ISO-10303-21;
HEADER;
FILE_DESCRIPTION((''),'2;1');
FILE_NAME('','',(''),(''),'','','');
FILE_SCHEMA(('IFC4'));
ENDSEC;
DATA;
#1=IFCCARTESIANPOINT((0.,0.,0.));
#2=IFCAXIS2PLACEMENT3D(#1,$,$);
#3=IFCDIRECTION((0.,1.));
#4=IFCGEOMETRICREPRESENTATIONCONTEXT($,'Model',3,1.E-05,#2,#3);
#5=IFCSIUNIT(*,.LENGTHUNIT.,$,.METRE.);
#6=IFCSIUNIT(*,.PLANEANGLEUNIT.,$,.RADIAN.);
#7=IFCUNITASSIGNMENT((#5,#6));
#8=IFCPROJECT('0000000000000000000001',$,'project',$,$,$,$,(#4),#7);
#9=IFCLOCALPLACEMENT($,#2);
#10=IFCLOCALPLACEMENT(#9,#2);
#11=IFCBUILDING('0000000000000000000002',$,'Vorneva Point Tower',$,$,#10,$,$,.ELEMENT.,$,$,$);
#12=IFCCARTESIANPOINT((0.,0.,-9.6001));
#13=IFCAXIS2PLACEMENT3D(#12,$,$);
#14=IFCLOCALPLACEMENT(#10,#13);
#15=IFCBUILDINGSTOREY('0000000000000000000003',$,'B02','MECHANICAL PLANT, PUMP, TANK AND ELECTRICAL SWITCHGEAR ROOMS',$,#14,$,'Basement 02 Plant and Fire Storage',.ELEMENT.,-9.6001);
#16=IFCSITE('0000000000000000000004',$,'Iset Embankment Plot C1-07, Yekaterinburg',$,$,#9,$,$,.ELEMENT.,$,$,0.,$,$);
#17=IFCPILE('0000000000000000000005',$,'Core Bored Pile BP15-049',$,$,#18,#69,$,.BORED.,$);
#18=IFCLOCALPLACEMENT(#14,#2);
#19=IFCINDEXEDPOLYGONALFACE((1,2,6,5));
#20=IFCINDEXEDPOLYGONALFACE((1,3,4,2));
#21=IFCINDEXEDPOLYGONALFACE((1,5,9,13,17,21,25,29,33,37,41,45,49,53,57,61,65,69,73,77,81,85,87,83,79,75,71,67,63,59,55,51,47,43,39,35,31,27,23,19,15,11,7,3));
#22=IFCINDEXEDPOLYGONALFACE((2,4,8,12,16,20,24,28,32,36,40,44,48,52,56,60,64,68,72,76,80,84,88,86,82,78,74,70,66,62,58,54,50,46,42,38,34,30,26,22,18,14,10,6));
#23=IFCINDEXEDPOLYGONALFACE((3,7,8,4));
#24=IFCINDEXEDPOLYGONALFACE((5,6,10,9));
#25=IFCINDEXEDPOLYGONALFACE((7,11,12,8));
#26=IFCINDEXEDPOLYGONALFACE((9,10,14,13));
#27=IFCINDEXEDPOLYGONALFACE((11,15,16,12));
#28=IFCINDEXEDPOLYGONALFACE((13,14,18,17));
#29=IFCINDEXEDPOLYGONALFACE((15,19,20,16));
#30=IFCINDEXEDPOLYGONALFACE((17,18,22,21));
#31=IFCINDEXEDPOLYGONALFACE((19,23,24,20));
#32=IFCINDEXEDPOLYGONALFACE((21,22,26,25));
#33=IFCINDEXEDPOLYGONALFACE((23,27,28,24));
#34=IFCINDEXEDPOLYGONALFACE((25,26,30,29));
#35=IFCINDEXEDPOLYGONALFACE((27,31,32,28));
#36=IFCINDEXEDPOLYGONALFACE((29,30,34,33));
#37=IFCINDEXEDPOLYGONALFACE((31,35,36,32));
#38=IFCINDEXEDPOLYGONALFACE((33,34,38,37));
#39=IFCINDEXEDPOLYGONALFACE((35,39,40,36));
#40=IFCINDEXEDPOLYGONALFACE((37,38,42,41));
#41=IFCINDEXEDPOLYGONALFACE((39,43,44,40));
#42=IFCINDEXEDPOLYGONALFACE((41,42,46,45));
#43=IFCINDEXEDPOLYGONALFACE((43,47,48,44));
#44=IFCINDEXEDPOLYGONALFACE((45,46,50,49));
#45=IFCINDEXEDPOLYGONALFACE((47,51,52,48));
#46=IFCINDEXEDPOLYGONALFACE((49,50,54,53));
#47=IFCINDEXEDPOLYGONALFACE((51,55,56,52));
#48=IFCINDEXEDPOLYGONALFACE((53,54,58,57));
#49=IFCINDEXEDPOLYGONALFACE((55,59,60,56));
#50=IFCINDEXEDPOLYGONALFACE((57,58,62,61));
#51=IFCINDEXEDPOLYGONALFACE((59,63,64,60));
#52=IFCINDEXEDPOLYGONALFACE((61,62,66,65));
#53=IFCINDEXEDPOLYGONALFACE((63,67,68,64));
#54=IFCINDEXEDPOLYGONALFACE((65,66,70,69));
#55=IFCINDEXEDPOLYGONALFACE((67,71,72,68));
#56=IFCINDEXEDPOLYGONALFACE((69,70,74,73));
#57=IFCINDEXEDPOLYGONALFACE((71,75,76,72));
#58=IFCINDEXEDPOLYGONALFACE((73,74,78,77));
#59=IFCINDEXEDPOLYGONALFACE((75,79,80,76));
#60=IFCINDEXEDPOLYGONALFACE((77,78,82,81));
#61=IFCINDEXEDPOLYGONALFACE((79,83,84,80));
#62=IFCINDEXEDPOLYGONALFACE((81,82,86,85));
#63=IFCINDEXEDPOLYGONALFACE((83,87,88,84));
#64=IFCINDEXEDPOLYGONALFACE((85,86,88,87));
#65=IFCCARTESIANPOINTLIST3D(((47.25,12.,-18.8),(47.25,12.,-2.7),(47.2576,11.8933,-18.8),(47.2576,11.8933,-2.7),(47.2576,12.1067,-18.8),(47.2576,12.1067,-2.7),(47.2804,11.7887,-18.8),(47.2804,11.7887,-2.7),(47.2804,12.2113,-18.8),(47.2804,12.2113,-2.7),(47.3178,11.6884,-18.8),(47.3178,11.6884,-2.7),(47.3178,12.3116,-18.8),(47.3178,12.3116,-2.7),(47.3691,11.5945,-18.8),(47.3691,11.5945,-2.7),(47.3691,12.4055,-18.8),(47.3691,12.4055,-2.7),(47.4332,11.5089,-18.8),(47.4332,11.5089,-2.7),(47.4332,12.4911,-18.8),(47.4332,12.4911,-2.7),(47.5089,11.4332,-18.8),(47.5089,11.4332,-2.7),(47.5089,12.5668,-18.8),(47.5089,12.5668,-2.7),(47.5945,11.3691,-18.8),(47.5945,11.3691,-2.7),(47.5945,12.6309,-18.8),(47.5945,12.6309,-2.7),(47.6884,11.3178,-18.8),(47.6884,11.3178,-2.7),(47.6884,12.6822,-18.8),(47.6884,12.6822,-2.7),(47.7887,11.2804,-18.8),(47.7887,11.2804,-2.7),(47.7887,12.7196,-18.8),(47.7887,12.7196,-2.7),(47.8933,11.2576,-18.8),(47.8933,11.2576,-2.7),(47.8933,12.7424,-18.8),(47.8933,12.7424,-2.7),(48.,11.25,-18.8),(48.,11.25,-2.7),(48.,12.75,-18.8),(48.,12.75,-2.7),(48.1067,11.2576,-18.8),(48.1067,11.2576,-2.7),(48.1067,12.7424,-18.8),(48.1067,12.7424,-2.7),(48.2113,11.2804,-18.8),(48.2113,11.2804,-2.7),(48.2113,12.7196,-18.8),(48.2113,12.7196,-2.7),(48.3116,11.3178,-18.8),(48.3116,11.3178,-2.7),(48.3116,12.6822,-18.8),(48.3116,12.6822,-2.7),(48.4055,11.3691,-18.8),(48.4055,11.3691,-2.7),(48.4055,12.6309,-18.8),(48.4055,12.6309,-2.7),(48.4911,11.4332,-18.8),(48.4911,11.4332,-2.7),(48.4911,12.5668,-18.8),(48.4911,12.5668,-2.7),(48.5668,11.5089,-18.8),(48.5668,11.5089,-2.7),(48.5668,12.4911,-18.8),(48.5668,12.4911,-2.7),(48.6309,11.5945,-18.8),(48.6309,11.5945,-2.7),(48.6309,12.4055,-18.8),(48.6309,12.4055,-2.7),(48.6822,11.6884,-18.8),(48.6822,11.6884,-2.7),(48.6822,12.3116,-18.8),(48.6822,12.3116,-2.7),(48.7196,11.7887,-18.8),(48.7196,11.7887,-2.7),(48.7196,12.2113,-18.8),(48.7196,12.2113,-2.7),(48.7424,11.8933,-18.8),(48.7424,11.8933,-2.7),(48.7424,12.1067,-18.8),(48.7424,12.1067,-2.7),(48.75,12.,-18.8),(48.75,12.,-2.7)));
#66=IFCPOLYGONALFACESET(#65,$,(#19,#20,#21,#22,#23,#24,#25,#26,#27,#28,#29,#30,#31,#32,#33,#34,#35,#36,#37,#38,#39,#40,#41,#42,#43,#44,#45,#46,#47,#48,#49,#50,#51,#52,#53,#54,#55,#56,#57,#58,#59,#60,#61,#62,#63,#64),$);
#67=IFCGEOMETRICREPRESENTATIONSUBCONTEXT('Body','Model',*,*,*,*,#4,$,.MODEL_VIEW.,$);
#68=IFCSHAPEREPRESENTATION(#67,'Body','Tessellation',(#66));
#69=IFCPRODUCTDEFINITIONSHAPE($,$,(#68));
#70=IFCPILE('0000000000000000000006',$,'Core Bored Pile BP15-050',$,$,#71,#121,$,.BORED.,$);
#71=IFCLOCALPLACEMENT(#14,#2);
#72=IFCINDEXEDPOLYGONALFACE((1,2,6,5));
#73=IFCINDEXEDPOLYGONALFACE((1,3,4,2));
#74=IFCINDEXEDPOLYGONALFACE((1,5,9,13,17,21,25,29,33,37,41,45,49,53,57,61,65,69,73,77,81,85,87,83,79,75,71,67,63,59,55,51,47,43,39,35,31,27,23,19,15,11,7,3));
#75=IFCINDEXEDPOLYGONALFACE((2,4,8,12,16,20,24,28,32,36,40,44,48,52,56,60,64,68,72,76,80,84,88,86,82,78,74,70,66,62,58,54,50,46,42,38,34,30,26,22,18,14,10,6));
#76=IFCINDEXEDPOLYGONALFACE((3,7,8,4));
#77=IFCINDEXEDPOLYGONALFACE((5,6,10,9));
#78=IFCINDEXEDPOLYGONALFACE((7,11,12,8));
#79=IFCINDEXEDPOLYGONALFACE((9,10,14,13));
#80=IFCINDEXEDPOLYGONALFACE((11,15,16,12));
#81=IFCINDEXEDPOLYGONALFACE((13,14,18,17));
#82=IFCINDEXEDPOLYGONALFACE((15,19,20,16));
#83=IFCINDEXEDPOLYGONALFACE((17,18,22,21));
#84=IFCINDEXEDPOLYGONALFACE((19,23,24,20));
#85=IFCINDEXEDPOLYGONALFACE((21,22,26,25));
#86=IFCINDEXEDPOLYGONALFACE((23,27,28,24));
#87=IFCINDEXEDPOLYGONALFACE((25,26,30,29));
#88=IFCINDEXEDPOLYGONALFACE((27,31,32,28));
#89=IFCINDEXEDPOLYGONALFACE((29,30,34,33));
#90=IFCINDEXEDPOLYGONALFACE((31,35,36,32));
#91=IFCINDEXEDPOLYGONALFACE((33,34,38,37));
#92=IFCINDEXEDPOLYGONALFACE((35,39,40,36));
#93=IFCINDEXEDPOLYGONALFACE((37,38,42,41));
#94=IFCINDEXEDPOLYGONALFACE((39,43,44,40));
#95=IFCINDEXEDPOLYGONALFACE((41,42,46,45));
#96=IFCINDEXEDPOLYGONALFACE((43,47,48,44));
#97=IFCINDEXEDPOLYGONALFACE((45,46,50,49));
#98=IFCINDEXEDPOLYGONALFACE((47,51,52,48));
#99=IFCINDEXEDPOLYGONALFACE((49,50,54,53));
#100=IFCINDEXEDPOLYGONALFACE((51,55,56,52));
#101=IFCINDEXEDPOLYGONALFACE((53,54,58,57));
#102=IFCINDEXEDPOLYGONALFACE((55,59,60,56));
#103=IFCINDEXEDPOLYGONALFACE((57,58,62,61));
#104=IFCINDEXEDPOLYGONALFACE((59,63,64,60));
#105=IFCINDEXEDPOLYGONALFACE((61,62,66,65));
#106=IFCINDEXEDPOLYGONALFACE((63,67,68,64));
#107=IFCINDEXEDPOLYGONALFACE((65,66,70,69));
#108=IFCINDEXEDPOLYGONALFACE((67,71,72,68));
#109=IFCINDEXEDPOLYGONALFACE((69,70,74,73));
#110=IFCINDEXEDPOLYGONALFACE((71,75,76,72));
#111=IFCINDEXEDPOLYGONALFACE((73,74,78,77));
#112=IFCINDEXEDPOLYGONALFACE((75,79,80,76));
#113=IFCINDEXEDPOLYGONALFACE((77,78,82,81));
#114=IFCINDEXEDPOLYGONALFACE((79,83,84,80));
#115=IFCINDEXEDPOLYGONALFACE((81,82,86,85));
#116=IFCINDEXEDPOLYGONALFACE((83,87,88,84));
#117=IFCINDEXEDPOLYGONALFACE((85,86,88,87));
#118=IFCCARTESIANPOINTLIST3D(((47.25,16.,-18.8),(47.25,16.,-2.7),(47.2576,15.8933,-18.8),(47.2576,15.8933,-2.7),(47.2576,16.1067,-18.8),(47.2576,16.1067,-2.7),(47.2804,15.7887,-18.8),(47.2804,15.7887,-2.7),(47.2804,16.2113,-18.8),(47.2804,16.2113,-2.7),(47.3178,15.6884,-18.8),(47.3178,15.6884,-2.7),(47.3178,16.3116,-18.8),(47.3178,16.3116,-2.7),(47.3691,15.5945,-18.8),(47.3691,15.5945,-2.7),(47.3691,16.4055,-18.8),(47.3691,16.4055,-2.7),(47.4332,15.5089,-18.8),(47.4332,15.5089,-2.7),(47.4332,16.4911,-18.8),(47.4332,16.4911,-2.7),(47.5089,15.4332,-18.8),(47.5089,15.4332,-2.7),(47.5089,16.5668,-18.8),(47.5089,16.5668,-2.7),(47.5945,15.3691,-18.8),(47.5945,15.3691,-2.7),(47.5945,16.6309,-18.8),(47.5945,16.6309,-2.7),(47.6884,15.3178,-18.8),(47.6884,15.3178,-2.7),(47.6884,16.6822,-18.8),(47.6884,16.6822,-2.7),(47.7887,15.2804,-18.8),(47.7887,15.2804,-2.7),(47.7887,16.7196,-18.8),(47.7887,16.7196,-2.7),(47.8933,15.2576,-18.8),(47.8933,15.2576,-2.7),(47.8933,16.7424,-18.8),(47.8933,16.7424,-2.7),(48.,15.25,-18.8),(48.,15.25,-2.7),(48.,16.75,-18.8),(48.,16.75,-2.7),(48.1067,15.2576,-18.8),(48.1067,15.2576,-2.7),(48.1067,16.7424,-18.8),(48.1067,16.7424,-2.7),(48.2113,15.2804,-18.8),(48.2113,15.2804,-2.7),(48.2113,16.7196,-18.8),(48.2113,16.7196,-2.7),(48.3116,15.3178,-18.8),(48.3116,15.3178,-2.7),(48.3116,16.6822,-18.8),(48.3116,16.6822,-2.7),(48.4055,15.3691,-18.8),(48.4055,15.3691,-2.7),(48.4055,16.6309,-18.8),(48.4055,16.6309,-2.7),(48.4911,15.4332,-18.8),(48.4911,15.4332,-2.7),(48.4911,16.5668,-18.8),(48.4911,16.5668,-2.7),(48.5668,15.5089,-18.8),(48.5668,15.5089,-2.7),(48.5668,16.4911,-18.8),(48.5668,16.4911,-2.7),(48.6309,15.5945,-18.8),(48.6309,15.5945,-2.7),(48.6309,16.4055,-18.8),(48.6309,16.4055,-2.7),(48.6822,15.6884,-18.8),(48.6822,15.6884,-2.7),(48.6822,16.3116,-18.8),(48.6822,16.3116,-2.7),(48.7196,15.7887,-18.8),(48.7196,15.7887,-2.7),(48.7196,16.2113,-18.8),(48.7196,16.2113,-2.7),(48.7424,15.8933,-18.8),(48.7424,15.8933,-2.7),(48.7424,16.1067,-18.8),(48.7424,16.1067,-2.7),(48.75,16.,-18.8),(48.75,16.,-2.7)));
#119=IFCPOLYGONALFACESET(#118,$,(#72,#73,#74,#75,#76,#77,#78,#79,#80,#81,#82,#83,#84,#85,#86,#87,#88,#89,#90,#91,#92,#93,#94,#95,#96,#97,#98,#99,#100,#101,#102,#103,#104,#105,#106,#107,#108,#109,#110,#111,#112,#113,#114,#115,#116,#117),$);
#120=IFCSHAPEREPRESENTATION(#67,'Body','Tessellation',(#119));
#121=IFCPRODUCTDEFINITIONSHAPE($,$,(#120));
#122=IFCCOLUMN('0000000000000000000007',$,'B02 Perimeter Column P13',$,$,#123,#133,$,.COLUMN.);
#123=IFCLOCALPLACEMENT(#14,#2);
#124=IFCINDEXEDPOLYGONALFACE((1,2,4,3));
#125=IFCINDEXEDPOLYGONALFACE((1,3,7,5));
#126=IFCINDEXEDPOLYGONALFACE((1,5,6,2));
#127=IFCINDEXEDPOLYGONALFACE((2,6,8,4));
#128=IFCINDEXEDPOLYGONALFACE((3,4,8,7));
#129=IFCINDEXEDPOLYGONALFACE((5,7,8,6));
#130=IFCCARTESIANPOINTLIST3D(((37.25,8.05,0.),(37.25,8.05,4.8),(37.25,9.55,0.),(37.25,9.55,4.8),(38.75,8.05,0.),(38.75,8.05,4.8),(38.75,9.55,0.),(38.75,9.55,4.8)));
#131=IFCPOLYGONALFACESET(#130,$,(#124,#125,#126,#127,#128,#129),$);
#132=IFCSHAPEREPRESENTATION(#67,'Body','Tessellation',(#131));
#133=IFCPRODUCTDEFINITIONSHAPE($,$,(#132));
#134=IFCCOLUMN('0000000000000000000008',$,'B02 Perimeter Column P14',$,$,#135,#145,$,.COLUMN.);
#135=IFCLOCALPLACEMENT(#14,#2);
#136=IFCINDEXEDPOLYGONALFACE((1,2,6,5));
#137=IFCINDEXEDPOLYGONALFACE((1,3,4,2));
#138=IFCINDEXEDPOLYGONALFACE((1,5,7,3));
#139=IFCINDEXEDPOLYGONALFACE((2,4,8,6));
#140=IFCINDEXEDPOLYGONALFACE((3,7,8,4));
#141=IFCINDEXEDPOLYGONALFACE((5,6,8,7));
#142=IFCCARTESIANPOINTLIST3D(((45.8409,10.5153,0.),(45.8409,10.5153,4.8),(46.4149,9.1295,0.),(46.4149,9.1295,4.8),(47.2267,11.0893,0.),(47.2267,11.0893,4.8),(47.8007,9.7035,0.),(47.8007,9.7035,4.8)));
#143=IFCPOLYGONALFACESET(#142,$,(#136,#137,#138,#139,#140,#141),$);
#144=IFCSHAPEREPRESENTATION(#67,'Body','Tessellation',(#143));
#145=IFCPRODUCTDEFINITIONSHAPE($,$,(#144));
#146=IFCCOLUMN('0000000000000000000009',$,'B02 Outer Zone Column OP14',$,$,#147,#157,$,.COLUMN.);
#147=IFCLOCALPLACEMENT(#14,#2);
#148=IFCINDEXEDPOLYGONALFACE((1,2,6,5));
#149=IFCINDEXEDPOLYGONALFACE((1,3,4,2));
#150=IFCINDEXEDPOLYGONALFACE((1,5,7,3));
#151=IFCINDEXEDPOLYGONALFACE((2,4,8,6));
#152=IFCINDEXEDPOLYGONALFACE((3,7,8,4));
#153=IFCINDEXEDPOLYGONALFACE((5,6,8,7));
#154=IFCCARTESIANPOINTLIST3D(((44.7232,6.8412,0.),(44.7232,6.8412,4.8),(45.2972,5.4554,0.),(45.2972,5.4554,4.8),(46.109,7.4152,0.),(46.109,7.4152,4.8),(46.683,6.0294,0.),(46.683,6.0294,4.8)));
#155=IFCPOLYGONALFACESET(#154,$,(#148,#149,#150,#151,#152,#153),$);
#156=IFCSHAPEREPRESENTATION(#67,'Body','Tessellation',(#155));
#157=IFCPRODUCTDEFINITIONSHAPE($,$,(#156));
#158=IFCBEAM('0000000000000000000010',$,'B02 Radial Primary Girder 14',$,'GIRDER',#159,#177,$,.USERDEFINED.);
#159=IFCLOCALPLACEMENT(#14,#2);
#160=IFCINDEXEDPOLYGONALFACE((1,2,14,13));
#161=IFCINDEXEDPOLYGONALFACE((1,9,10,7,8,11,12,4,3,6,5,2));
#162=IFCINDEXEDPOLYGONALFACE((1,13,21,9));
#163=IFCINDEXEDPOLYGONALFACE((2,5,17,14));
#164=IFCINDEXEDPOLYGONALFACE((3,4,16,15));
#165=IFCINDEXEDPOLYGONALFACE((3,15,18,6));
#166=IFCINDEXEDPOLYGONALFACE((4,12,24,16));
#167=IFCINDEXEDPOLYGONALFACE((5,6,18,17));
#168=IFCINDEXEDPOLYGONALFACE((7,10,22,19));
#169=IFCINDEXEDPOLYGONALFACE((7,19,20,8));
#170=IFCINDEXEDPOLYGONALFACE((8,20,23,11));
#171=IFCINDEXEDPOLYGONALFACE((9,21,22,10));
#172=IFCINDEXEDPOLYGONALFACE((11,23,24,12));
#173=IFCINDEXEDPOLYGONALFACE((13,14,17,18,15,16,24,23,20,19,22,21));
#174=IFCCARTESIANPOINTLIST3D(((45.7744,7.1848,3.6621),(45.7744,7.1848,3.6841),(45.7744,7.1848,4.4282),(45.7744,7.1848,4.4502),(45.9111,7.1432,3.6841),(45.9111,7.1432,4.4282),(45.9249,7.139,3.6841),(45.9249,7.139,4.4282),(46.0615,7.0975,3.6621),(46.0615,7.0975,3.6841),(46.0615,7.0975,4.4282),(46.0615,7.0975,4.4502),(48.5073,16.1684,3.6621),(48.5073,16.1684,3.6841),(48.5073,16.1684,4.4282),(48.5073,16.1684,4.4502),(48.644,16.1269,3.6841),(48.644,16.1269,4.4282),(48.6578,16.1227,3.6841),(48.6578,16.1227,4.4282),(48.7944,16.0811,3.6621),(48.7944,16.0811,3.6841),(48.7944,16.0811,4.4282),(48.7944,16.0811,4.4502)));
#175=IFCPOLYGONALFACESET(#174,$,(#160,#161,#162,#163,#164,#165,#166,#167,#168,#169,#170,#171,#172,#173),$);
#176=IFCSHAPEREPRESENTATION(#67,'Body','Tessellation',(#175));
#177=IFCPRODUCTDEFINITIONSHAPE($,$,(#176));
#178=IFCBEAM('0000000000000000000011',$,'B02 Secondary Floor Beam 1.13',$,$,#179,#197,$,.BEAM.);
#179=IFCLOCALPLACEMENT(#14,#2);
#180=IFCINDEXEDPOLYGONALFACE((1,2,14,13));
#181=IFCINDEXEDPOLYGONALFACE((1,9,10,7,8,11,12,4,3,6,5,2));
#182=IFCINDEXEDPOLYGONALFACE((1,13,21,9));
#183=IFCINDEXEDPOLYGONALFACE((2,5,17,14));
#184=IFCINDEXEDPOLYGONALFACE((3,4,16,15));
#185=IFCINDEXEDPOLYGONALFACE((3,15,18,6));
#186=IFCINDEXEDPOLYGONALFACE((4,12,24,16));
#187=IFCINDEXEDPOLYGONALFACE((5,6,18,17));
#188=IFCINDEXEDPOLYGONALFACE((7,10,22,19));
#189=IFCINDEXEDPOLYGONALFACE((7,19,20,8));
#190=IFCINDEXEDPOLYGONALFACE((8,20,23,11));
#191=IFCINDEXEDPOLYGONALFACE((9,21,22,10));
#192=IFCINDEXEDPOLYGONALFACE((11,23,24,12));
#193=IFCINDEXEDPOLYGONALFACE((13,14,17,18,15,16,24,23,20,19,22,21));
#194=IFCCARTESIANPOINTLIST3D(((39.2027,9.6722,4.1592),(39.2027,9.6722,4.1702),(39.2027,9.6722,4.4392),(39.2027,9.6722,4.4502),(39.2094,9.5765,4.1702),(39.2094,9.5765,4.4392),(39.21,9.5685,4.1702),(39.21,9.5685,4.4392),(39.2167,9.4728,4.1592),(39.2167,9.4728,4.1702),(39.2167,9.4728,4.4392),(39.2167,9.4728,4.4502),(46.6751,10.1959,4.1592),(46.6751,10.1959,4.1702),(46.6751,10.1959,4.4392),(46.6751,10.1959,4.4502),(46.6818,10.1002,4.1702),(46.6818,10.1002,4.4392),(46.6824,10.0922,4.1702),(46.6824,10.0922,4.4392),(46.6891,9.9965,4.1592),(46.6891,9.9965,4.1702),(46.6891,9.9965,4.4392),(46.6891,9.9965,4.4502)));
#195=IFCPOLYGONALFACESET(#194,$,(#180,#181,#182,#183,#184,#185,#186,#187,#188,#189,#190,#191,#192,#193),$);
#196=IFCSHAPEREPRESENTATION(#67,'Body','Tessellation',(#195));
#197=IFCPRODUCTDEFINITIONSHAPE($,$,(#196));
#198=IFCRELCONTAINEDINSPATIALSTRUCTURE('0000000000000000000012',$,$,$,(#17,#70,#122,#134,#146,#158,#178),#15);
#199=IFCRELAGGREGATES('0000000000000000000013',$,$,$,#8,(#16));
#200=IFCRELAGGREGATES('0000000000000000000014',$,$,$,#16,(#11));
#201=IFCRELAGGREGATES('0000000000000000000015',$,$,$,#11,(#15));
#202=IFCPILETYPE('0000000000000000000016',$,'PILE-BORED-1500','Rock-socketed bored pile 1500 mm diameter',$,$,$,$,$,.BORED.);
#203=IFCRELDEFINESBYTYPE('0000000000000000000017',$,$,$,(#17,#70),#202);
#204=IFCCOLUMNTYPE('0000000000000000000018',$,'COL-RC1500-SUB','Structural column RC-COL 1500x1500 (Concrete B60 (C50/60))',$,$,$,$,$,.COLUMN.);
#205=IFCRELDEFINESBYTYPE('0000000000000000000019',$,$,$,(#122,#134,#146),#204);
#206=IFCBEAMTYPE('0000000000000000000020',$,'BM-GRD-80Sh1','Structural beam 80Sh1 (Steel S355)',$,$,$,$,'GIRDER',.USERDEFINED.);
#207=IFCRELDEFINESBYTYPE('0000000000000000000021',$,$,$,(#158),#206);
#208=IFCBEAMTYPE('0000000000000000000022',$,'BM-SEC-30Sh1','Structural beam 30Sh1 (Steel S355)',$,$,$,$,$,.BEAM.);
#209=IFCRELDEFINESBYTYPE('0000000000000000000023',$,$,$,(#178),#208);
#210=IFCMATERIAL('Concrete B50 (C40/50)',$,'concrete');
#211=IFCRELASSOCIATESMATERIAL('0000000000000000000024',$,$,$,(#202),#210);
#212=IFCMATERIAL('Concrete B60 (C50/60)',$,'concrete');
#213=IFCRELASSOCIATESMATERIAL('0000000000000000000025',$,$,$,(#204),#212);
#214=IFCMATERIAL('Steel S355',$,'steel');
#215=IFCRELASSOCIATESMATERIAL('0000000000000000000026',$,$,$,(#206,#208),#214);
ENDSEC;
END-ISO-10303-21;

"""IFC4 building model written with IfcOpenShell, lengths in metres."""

from ifc_helpers import new_model, si_unit, direction, frame, origin, origin_2d, place, context, subcontext, project, spatial, rectangle, circle, i_section, extrude, material, material_profile, profile_set, type_object, element, save


model = new_model("IFC4")

# Units and contexts
model_context = context("Model", 3, precision=1e-05, world=origin(), true_north=direction((0.0, 1.0)))
body_context = subcontext(model_context, "Body", "Model", "MODEL_VIEW")
ifc_project = project(units=[si_unit("LENGTHUNIT", "METRE"), si_unit("PLANEANGLEUNIT", "RADIAN")], contexts=[model_context])

# Site, building, storey
site_placement = place(None, origin())
site = spatial("IfcSite", under=ifc_project, at=site_placement, Name="Iset Embankment Plot C1-07, Yekaterinburg", CompositionType="ELEMENT", RefElevation=0.0)
building_placement = place(site_placement, origin())
building = spatial("IfcBuilding", under=site, at=building_placement, Name="Vorneva Point Tower", CompositionType="ELEMENT")
storey_placement = place(building_placement, frame((0.0, 0.0, -9.6001)))
storey = spatial("IfcBuildingStorey", under=building, at=storey_placement, Name="B02", Description="MECHANICAL PLANT, PUMP, TANK AND ELECTRICAL SWITCHGEAR ROOMS", LongName="Basement 02 Plant and Fire Storage", CompositionType="ELEMENT", Elevation=-9.6001)

# Piles
ifc_material_1 = material(Name="Concrete B50 (C40/50)", Category="concrete")
ifc_material_profile_1 = material_profile(ifc_material_1, circle(Radius=0.75, at=origin_2d()), Name="PILE-1500")
ifc_profile_set_1 = profile_set([ifc_material_profile_1], Name="Concrete B50 (C40/50)")
pile_type_1 = type_object("IfcPileType", Name="PILE-BORED-1500", Description="Rock-socketed bored pile 1500 mm diameter", PredefinedType="BORED", material=ifc_profile_set_1)
for number, where, z_axis, x_axis, name in (
    (1, (48.0, 12.0, -2.7), (0.0, 0.0, -1.0), (1.0, 0.0, 0.0), "Core Bored Pile BP15-049"),
    (2, (48.0, 16.0, -2.7), (0.0, 0.0, -1.0), (1.0, 0.0, 0.0), "Core Bored Pile BP15-050"),
):
    element("IfcPile", number, at=place(storey_placement, frame(where, z_axis=z_axis, x_axis=x_axis)), inside=storey, type_object=pile_type_1, Name=name, PredefinedType="BORED", context=body_context, shape_type="SweptSolid", body=[
        extrude(circle(Radius=0.75, at=origin_2d()), origin(), (0.0, 0.0, 1.0), 16.1001),
    ])

# Columns
ifc_material_2 = material(Name="Concrete B60 (C50/60)", Category="concrete")
ifc_material_profile_2 = material_profile(ifc_material_2, rectangle(XDim=1.5, YDim=1.5, at=origin_2d()), Name="RC-COL 1500x1500")
ifc_profile_set_2 = profile_set([ifc_material_profile_2], Name="Concrete B60 (C50/60)")
column_type = type_object("IfcColumnType", Name="COL-RC1500-SUB", Description="Structural column RC-COL 1500x1500 (Concrete B60 (C50/60))", PredefinedType="COLUMN", material=ifc_profile_set_2)
for number, where, z_axis, x_axis, name in (
    (3, (38.0, 8.8, 0.0), (0.0, 0.0, 1.0), (0.0, -1.0, 0.0), "B02 Perimeter Column P13"),
    (4, (46.8208, 10.1094, 0.0), (0.0, 0.0, 1.0), (0.382683, -0.92388, 0.0), "B02 Perimeter Column P14"),
    (5, (45.7031, 6.4353, 0.0), (0.0, 0.0, 1.0), (0.382683, -0.92388, 0.0), "B02 Outer Zone Column OP14"),
):
    element("IfcColumn", number, at=place(storey_placement, frame(where, z_axis=z_axis, x_axis=x_axis)), inside=storey, type_object=column_type, Name=name, PredefinedType="COLUMN", context=body_context, shape_type="SweptSolid", body=[
        extrude(rectangle(XDim=1.5, YDim=1.5, at=origin_2d()), origin(), (0.0, 0.0, 1.0), 4.8),
    ])

# Beams
ifc_material_3 = material(Name="Steel S355", Category="steel")
ifc_material_profile_3 = material_profile(ifc_material_3, i_section(OverallWidth=0.3, OverallDepth=0.7881, WebThickness=0.0144, FlangeThickness=0.022, at=origin_2d()), Name="80Sh1")
ifc_profile_set_3 = profile_set([ifc_material_profile_3], Name="Steel S355")
beam_type_1 = type_object("IfcBeamType", Name="BM-GRD-80Sh1", Description="Structural beam 80Sh1 (Steel S355)", ElementType="GIRDER", PredefinedType="USERDEFINED", material=ifc_profile_set_3)
beam_1_placement = place(storey_placement, frame((45.918, 7.1411, 4.0562), z_axis=(0.291041, 0.956711, 0.0), x_axis=(-0.956711, 0.291041, 0.0)))
element("IfcBeam", 6, at=beam_1_placement, inside=storey, type_object=beam_type_1, Name="B02 Radial Primary Girder 14", ObjectType="GIRDER", PredefinedType="USERDEFINED", context=body_context, shape_type="SweptSolid", body=[
    extrude(i_section(OverallWidth=0.3, OverallDepth=0.7881, WebThickness=0.0144, FlangeThickness=0.022, at=origin_2d()), origin(), (0.0, 0.0, 1.0), 9.3901),
])
ifc_material_profile_4 = material_profile(ifc_material_3, i_section(OverallWidth=0.2, OverallDepth=0.291, WebThickness=0.0081, FlangeThickness=0.011, at=origin_2d()), Name="30Sh1")
ifc_profile_set_4 = profile_set([ifc_material_profile_4], Name="Steel S355")
beam_type_2 = type_object("IfcBeamType", Name="BM-SEC-30Sh1", Description="Structural beam 30Sh1 (Steel S355)", PredefinedType="BEAM", material=ifc_profile_set_4)
beam_2_placement = place(storey_placement, frame((39.2097, 9.5725, 4.3047), z_axis=(0.997553, 0.069911, 0.0), x_axis=(-0.069911, 0.997553, 0.0)))
element("IfcBeam", 7, at=beam_2_placement, inside=storey, type_object=beam_type_2, Name="B02 Secondary Floor Beam 1.13", PredefinedType="BEAM", context=body_context, shape_type="SweptSolid", body=[
    extrude(i_section(OverallWidth=0.2, OverallDepth=0.291, WebThickness=0.0081, FlangeThickness=0.011, at=origin_2d()), origin(), (0.0, 0.0, 1.0), 7.4907),
])

save(model, "model.ifc")
